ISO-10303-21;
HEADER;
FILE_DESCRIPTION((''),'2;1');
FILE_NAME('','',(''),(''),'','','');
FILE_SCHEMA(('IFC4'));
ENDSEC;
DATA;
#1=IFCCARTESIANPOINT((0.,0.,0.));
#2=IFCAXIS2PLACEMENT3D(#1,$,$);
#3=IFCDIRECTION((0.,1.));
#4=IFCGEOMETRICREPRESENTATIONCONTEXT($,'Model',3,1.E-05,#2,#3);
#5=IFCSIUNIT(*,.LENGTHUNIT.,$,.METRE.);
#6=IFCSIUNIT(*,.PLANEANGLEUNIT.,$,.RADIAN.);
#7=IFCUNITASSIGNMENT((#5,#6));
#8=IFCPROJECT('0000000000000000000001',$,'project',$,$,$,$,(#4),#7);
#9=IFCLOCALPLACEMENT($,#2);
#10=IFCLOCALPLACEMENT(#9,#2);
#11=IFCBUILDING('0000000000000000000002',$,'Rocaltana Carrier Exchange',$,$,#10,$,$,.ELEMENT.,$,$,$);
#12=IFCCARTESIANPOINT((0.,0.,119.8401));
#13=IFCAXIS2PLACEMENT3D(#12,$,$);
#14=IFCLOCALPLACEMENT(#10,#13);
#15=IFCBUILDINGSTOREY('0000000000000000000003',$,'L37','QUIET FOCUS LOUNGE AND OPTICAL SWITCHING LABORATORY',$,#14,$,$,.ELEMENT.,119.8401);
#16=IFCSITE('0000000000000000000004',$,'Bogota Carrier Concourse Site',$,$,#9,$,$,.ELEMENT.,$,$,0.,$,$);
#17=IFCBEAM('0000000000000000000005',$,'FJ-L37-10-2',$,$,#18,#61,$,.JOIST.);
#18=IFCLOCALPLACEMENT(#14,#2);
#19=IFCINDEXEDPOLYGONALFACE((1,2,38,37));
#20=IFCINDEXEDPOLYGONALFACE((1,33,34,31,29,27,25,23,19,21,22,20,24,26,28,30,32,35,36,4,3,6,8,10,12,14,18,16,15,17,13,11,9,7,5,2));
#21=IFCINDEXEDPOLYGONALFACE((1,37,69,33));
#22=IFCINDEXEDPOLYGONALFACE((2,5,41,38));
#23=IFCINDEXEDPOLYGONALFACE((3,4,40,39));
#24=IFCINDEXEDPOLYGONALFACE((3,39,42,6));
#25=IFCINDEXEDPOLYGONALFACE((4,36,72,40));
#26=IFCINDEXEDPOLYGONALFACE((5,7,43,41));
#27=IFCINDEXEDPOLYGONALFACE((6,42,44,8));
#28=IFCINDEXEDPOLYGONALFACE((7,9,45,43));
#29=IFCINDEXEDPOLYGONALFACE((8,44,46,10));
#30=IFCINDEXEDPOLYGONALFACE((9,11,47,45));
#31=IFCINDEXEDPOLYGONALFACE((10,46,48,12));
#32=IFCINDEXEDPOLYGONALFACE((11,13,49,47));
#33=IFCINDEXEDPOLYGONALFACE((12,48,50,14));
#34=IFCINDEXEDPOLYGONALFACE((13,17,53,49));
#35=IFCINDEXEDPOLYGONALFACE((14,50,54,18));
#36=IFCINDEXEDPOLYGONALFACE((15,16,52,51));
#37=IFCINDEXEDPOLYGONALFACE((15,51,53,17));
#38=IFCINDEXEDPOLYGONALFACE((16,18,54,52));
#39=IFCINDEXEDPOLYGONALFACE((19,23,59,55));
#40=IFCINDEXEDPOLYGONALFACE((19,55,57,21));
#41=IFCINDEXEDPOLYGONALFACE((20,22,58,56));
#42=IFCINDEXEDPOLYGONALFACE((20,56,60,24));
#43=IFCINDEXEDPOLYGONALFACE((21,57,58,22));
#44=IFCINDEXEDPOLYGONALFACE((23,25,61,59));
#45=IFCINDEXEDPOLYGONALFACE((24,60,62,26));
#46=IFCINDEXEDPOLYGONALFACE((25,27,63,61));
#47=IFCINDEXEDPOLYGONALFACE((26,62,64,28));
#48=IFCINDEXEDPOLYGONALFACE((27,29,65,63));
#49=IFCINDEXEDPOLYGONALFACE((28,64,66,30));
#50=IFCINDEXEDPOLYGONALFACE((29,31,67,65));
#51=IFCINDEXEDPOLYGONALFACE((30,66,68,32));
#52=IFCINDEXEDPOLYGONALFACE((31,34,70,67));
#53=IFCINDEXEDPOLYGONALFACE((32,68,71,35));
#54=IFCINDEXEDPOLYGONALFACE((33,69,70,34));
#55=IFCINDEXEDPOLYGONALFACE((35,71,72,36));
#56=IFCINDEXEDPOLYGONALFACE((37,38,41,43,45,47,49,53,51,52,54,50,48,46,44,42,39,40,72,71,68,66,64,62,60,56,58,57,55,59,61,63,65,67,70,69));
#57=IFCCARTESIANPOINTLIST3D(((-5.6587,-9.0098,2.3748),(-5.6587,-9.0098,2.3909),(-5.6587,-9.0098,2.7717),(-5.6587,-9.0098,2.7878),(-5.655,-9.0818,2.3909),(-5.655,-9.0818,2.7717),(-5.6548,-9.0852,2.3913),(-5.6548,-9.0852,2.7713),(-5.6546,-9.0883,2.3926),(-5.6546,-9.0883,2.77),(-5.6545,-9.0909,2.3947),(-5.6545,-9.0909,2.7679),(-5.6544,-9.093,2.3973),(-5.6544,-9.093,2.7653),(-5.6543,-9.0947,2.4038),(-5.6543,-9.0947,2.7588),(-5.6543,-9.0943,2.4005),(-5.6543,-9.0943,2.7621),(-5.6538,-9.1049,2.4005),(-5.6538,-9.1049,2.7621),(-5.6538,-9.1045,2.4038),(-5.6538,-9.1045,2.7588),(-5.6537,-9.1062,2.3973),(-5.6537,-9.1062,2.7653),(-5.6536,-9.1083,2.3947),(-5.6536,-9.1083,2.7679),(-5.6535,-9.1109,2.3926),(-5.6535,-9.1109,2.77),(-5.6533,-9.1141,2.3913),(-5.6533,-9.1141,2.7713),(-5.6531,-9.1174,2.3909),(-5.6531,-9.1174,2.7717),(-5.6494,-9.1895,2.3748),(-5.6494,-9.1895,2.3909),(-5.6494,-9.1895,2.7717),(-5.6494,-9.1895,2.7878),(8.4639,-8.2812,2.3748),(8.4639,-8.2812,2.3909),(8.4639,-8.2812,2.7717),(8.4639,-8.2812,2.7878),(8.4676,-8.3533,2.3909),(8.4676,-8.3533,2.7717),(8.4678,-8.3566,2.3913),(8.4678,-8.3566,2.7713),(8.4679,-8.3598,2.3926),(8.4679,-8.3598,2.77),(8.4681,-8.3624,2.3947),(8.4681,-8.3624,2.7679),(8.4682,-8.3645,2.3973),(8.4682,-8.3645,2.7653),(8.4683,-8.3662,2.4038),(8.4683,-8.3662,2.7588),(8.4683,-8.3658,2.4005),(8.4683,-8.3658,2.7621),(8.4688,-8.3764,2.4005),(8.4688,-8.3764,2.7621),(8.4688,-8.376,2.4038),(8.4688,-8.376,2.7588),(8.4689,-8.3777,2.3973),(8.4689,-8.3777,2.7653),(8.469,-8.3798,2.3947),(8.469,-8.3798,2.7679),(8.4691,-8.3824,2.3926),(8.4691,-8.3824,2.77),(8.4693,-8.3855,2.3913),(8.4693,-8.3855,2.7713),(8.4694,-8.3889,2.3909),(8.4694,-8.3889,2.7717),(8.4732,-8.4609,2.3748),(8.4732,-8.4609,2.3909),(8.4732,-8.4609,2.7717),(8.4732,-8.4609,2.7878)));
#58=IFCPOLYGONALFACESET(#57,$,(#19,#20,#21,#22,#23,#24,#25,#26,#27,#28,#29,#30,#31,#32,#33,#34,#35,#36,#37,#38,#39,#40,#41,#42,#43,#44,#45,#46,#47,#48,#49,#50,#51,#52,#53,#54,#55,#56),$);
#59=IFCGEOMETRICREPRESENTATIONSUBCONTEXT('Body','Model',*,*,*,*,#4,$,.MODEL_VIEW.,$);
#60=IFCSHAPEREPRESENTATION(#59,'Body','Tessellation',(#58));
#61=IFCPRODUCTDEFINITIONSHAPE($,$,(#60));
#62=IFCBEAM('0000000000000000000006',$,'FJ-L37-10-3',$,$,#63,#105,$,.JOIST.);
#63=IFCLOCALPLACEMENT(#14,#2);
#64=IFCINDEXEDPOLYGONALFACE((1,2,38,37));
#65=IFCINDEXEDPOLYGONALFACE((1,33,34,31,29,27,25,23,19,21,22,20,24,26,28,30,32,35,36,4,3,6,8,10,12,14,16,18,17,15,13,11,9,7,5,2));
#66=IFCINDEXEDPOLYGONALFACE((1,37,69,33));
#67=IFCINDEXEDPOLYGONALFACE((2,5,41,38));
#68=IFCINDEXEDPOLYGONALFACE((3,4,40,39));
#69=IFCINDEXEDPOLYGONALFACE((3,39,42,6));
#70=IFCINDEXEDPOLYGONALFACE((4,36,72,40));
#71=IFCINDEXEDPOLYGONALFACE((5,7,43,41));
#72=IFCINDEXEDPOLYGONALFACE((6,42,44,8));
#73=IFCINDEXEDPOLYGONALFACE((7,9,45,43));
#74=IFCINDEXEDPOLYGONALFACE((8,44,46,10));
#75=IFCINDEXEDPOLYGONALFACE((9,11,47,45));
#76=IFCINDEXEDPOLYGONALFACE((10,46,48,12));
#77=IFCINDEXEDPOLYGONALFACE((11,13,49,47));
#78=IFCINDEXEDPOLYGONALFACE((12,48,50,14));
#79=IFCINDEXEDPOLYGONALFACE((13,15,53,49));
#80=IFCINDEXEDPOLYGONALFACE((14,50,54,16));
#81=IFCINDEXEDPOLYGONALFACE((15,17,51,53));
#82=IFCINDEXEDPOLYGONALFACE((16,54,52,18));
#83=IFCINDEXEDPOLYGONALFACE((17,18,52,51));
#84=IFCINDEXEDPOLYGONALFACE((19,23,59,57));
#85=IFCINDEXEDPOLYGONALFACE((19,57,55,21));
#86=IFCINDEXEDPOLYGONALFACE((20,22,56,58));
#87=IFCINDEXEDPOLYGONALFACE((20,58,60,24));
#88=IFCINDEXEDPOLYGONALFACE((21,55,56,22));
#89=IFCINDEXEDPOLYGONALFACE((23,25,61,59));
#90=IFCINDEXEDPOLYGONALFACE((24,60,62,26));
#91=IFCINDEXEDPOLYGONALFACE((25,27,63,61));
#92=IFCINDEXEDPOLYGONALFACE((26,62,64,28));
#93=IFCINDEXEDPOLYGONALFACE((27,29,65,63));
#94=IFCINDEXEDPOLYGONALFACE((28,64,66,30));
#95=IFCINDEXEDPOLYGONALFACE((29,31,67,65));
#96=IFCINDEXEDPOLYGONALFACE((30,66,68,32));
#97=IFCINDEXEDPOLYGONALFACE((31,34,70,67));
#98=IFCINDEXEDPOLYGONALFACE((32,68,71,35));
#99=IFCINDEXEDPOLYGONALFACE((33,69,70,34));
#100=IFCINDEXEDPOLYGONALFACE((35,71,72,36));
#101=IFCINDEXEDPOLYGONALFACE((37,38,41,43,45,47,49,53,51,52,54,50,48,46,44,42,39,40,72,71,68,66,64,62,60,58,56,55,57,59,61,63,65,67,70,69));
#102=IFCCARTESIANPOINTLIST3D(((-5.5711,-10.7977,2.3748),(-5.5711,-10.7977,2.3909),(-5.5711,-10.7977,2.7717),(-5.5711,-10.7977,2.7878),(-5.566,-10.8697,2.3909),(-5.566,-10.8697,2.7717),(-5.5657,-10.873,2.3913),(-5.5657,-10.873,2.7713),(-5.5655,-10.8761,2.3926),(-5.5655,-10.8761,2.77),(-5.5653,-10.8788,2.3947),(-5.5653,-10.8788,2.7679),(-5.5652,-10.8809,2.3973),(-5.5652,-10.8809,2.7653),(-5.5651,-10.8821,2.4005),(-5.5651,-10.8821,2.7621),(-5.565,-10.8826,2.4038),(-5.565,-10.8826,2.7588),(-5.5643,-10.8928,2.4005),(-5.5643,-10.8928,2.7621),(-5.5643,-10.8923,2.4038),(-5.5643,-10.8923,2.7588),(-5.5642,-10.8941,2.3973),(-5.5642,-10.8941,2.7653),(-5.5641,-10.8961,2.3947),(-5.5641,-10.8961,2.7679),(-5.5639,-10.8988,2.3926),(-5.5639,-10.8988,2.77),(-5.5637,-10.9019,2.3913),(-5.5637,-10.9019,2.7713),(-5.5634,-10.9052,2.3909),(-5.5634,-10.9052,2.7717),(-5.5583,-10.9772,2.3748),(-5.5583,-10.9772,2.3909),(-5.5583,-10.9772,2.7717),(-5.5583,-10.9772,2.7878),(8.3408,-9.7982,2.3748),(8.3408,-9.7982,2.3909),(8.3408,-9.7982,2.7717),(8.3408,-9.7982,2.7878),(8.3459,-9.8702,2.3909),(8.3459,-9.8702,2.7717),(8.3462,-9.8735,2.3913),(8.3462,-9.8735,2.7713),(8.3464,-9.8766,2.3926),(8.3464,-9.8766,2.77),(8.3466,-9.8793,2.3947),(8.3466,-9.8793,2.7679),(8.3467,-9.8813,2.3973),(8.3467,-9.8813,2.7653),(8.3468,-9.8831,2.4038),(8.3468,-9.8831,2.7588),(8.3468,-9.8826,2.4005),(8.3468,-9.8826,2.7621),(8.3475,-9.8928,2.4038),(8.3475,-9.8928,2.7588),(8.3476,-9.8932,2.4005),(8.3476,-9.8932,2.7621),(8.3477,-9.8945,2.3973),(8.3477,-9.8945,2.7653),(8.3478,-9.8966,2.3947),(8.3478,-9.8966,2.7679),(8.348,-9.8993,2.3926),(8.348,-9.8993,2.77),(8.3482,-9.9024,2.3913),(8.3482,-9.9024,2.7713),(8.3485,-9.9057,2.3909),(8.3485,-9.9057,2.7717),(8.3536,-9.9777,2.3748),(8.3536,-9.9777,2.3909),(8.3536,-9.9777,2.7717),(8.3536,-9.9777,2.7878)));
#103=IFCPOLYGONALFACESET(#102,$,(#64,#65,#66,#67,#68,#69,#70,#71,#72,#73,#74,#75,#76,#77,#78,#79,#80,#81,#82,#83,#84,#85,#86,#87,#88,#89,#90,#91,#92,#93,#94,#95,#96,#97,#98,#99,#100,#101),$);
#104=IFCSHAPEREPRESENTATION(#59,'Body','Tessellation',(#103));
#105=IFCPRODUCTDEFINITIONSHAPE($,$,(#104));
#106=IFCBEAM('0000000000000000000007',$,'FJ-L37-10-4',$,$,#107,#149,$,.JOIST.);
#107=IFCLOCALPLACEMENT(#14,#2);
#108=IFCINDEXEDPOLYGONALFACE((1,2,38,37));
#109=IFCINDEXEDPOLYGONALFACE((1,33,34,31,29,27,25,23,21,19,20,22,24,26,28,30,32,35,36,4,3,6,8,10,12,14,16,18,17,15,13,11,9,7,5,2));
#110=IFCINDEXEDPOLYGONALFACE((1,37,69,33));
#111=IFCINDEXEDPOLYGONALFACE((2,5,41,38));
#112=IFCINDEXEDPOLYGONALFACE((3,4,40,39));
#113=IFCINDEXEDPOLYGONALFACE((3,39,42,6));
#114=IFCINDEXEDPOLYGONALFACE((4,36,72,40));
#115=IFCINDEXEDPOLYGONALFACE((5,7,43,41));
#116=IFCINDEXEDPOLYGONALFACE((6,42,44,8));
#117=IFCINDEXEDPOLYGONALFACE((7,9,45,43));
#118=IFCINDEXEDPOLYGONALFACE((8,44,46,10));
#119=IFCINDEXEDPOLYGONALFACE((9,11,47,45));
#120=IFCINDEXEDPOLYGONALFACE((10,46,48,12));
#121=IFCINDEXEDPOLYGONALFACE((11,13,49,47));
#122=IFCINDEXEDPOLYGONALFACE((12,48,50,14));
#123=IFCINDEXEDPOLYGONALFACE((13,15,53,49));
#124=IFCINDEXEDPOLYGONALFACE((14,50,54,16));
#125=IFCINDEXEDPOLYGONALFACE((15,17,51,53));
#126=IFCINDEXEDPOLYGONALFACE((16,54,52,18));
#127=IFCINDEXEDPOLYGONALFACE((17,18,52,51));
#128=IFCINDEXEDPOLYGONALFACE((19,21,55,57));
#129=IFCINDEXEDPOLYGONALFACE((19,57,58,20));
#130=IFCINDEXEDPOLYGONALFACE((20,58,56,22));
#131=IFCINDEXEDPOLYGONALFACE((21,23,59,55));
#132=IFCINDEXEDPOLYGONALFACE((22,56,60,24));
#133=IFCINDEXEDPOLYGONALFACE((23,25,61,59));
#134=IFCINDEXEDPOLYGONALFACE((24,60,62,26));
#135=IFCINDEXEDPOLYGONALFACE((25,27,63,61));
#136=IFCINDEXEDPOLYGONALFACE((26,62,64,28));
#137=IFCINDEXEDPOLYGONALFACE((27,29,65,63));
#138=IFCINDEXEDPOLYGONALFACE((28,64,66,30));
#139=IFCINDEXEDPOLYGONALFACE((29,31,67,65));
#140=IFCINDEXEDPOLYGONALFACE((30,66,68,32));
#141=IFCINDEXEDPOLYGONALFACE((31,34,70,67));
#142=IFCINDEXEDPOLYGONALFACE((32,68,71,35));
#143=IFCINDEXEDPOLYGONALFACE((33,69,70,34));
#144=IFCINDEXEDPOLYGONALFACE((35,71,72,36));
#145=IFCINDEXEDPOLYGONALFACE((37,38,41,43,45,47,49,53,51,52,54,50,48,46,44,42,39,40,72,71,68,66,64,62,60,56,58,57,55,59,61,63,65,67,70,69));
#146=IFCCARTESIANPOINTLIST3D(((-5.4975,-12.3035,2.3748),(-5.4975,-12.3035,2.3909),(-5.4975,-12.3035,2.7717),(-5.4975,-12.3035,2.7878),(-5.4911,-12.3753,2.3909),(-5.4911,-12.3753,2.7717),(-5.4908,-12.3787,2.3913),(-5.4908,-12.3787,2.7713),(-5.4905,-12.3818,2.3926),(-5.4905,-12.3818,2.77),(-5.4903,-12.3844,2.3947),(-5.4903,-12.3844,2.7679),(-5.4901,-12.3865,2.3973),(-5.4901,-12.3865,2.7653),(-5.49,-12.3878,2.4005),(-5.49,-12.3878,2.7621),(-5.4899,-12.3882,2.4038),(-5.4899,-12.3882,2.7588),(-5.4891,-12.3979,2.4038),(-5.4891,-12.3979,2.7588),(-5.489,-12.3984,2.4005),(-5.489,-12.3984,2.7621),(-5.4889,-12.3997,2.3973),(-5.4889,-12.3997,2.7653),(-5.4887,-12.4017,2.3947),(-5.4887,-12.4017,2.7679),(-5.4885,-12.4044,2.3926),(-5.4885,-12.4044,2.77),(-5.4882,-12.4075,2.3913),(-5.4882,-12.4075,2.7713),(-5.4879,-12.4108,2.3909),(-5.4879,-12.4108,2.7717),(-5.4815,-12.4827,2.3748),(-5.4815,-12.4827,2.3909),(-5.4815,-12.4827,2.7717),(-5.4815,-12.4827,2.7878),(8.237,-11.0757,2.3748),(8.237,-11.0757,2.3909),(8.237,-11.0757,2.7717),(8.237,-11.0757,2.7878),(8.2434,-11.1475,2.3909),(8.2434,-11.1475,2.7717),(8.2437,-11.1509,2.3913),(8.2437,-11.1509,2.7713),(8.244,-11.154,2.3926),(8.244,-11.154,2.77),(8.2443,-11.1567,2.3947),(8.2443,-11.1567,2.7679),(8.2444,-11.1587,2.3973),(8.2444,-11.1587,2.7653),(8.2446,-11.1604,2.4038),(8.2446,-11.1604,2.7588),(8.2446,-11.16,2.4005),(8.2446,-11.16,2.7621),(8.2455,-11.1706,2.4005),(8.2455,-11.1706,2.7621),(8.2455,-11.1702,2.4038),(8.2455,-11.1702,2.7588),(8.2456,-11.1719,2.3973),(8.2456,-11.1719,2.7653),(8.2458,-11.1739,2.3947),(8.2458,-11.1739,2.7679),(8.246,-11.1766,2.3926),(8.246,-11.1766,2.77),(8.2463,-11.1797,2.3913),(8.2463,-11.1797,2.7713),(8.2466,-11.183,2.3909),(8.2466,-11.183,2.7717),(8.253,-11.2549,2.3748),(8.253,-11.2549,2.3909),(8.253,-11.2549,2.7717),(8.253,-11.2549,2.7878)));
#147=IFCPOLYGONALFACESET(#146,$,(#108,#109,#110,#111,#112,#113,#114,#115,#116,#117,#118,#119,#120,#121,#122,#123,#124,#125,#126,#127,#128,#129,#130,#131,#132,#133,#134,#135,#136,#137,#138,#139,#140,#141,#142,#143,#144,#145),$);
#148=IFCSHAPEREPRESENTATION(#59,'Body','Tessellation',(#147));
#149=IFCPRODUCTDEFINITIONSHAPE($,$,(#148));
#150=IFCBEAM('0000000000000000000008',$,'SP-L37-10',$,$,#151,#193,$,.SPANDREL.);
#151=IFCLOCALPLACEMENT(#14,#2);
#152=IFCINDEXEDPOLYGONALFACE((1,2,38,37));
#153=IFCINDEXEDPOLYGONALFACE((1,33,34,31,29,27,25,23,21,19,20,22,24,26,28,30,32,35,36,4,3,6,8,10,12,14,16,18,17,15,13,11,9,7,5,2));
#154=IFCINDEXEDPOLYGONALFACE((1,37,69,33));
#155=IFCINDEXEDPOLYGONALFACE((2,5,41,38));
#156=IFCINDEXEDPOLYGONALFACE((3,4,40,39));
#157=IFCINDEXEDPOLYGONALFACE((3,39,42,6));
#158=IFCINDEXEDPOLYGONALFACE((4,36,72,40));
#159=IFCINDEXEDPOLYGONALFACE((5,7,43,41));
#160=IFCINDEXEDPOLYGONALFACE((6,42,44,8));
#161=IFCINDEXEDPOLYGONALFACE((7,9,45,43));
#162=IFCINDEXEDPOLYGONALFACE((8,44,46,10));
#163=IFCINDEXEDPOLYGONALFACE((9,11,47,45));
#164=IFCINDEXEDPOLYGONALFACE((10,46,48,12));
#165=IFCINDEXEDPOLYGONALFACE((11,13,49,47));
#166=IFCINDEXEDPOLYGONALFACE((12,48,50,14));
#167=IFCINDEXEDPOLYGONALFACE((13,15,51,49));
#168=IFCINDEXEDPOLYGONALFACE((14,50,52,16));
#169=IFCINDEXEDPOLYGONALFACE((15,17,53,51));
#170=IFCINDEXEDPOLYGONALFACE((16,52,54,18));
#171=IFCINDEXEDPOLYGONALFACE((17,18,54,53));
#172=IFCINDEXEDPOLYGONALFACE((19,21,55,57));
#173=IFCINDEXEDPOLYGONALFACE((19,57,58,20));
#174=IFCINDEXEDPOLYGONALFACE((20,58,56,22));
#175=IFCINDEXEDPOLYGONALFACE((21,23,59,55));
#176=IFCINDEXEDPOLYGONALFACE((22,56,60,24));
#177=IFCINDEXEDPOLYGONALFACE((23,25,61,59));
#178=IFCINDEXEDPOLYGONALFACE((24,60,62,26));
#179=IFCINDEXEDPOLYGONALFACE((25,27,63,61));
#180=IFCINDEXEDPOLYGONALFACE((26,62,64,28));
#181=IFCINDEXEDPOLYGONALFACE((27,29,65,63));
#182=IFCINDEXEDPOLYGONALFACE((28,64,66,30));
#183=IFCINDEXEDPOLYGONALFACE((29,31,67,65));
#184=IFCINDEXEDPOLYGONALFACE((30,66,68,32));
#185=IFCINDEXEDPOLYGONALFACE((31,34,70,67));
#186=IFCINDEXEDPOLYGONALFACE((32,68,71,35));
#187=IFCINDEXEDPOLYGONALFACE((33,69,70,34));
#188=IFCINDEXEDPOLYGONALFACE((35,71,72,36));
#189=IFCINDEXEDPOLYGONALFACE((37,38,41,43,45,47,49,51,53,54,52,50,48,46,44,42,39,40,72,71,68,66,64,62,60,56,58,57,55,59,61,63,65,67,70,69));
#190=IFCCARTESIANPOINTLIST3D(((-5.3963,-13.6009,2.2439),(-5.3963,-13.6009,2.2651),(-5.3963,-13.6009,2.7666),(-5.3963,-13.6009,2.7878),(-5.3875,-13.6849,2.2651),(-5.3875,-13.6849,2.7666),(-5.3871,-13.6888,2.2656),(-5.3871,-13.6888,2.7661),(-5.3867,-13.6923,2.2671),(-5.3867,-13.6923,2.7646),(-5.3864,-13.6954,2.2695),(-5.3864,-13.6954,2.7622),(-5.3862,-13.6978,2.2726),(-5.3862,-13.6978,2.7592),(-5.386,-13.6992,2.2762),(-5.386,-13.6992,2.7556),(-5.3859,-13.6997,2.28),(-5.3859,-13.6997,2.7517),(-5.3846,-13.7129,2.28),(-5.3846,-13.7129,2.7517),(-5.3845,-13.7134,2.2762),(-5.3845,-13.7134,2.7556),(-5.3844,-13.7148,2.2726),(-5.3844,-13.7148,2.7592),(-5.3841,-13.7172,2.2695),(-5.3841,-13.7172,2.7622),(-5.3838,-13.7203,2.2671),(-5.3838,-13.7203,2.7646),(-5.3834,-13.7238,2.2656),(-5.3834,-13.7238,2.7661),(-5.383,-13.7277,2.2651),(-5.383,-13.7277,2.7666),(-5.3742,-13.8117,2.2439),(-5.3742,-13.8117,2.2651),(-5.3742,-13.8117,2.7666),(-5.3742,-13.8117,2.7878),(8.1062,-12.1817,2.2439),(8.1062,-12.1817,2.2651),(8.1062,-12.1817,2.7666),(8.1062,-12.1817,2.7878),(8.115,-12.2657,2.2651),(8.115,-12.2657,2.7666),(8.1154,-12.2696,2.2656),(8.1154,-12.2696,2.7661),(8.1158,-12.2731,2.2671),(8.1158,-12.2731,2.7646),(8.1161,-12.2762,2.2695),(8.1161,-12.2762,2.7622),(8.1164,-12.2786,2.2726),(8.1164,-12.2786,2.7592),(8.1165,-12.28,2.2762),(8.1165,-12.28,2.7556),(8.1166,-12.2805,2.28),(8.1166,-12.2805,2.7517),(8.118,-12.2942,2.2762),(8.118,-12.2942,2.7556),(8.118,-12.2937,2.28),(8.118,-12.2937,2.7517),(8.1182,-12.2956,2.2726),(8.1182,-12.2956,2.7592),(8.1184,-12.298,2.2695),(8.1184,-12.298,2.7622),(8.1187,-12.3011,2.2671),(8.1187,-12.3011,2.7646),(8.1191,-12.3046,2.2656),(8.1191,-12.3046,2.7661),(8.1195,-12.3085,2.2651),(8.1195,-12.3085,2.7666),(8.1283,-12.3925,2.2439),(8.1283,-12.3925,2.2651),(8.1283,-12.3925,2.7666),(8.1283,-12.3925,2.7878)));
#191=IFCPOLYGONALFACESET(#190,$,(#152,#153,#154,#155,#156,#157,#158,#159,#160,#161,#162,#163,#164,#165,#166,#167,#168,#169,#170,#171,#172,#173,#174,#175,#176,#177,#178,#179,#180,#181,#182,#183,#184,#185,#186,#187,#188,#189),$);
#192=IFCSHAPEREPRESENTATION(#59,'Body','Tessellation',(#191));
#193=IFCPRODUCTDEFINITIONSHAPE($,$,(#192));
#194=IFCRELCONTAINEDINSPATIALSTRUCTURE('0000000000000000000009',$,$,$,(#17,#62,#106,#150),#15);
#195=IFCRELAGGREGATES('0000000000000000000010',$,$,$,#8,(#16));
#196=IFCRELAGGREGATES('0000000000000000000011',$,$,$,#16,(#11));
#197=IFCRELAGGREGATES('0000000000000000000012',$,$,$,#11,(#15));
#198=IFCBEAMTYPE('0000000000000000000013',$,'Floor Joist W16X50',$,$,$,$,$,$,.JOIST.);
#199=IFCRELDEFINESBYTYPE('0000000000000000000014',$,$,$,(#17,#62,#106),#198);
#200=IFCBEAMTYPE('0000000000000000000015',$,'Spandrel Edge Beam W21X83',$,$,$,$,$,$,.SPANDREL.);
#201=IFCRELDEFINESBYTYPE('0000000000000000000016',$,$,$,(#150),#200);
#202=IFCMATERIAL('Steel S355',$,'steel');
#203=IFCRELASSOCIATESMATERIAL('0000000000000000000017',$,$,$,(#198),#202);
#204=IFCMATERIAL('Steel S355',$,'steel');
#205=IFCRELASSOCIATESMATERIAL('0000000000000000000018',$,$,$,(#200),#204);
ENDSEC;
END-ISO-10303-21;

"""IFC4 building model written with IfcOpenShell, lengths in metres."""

from ifc_helpers import new_model, si_unit, direction, frame, origin, origin_2d, place, context, subcontext, project, spatial, i_section, extrude, material, material_profile, profile_set, type_object, element, save


model = new_model("IFC4")

# Units and contexts
model_context = context("Model", 3, precision=1e-05, world=origin(), true_north=direction((0.0, 1.0)))
body_context = subcontext(model_context, "Body", "Model", "MODEL_VIEW")
ifc_project = project(units=[si_unit("LENGTHUNIT", "METRE"), si_unit("PLANEANGLEUNIT", "RADIAN")], contexts=[model_context])

# Site, building, storey
site_placement = place(None, origin())
site = spatial("IfcSite", under=ifc_project, at=site_placement, Name="Bogota Carrier Concourse Site", CompositionType="ELEMENT", RefElevation=0.0)
building_placement = place(site_placement, origin())
building = spatial("IfcBuilding", under=site, at=building_placement, Name="Rocaltana Carrier Exchange", CompositionType="ELEMENT")
storey_placement = place(building_placement, frame((0.0, 0.0, 119.8401)))
storey = spatial("IfcBuildingStorey", under=building, at=storey_placement, Name="L37", Description="QUIET FOCUS LOUNGE AND OPTICAL SWITCHING LABORATORY", CompositionType="ELEMENT", Elevation=119.8401)

# Beams
ifc_material_1 = material(Name="Steel S355", Category="steel")
ifc_material_profile_1 = material_profile(ifc_material_1, i_section(OverallWidth=0.1799, OverallDepth=0.4131, WebThickness=0.0098, FlangeThickness=0.0161, FilletRadius=0.0129, at=origin_2d()), Name="W16X50")
ifc_profile_set_1 = profile_set([ifc_material_profile_1], Name="Steel S355")
beam_type_1 = type_object("IfcBeamType", Name="Floor Joist W16X50", PredefinedType="JOIST", material=ifc_profile_set_1)
beam_1_placement = place(storey_placement, frame((-5.6541, -9.0996, 2.5813), z_axis=(0.998672, 0.051517, 0.0), x_axis=(-0.051517, 0.998672, 0.0)))
element("IfcBeam", 1, at=beam_1_placement, inside=storey, type_object=beam_type_1, Name="FJ-L37-10-2", PredefinedType="JOIST", context=body_context, shape_type="SweptSolid", body=[
    extrude(i_section(OverallWidth=0.1799, OverallDepth=0.4131, WebThickness=0.0098, FlangeThickness=0.0161, FilletRadius=0.0129, at=origin_2d()), origin(), (0.0, 0.0, 1.0), 14.1414),
])
beam_2_placement = place(storey_placement, frame((-5.5647, -10.8875, 2.5813), z_axis=(0.997429, 0.071661, 0.0), x_axis=(-0.071661, 0.997429, 0.0)))
element("IfcBeam", 2, at=beam_2_placement, inside=storey, type_object=beam_type_1, Name="FJ-L37-10-3", PredefinedType="JOIST", context=body_context, shape_type="SweptSolid", body=[
    extrude(i_section(OverallWidth=0.1799, OverallDepth=0.4131, WebThickness=0.0098, FlangeThickness=0.0161, FilletRadius=0.0129, at=origin_2d()), origin(), (0.0, 0.0, 1.0), 13.9478),
])
beam_3_placement = place(storey_placement, frame((-5.4895, -12.3931, 2.5813), z_axis=(0.996028, 0.089038, 0.0), x_axis=(-0.089038, 0.996028, 0.0)))
element("IfcBeam", 3, at=beam_3_placement, inside=storey, type_object=beam_type_1, Name="FJ-L37-10-4", PredefinedType="JOIST", context=body_context, shape_type="SweptSolid", body=[
    extrude(i_section(OverallWidth=0.1799, OverallDepth=0.4131, WebThickness=0.0098, FlangeThickness=0.0161, FilletRadius=0.0129, at=origin_2d()), origin(), (0.0, 0.0, 1.0), 13.7893),
])
ifc_material_2 = material(Name="Steel S355", Category="steel")
ifc_material_profile_2 = material_profile(ifc_material_2, i_section(OverallWidth=0.2119, OverallDepth=0.5439, WebThickness=0.0132, FlangeThickness=0.0212, FilletRadius=0.0149, at=origin_2d()), Name="W21X83")
ifc_profile_set_2 = profile_set([ifc_material_profile_2], Name="Steel S355")
beam_type_2 = type_object("IfcBeamType", Name="Spandrel Edge Beam W21X83", PredefinedType="SPANDREL", material=ifc_profile_set_2)
beam_4_placement = place(storey_placement, frame((-5.3853, -13.7063, 2.5159), z_axis=(0.994522, 0.10453, 0.0), x_axis=(-0.10453, 0.994522, 0.0)))
element("IfcBeam", 4, at=beam_4_placement, inside=storey, type_object=beam_type_2, Name="SP-L37-10", PredefinedType="SPANDREL", context=body_context, shape_type="SweptSolid", body=[
    extrude(i_section(OverallWidth=0.2119, OverallDepth=0.5439, WebThickness=0.0132, FlangeThickness=0.0212, FilletRadius=0.0149, at=origin_2d()), origin(), (0.0, 0.0, 1.0), 13.5769),
])

save(model, "model.ifc")
